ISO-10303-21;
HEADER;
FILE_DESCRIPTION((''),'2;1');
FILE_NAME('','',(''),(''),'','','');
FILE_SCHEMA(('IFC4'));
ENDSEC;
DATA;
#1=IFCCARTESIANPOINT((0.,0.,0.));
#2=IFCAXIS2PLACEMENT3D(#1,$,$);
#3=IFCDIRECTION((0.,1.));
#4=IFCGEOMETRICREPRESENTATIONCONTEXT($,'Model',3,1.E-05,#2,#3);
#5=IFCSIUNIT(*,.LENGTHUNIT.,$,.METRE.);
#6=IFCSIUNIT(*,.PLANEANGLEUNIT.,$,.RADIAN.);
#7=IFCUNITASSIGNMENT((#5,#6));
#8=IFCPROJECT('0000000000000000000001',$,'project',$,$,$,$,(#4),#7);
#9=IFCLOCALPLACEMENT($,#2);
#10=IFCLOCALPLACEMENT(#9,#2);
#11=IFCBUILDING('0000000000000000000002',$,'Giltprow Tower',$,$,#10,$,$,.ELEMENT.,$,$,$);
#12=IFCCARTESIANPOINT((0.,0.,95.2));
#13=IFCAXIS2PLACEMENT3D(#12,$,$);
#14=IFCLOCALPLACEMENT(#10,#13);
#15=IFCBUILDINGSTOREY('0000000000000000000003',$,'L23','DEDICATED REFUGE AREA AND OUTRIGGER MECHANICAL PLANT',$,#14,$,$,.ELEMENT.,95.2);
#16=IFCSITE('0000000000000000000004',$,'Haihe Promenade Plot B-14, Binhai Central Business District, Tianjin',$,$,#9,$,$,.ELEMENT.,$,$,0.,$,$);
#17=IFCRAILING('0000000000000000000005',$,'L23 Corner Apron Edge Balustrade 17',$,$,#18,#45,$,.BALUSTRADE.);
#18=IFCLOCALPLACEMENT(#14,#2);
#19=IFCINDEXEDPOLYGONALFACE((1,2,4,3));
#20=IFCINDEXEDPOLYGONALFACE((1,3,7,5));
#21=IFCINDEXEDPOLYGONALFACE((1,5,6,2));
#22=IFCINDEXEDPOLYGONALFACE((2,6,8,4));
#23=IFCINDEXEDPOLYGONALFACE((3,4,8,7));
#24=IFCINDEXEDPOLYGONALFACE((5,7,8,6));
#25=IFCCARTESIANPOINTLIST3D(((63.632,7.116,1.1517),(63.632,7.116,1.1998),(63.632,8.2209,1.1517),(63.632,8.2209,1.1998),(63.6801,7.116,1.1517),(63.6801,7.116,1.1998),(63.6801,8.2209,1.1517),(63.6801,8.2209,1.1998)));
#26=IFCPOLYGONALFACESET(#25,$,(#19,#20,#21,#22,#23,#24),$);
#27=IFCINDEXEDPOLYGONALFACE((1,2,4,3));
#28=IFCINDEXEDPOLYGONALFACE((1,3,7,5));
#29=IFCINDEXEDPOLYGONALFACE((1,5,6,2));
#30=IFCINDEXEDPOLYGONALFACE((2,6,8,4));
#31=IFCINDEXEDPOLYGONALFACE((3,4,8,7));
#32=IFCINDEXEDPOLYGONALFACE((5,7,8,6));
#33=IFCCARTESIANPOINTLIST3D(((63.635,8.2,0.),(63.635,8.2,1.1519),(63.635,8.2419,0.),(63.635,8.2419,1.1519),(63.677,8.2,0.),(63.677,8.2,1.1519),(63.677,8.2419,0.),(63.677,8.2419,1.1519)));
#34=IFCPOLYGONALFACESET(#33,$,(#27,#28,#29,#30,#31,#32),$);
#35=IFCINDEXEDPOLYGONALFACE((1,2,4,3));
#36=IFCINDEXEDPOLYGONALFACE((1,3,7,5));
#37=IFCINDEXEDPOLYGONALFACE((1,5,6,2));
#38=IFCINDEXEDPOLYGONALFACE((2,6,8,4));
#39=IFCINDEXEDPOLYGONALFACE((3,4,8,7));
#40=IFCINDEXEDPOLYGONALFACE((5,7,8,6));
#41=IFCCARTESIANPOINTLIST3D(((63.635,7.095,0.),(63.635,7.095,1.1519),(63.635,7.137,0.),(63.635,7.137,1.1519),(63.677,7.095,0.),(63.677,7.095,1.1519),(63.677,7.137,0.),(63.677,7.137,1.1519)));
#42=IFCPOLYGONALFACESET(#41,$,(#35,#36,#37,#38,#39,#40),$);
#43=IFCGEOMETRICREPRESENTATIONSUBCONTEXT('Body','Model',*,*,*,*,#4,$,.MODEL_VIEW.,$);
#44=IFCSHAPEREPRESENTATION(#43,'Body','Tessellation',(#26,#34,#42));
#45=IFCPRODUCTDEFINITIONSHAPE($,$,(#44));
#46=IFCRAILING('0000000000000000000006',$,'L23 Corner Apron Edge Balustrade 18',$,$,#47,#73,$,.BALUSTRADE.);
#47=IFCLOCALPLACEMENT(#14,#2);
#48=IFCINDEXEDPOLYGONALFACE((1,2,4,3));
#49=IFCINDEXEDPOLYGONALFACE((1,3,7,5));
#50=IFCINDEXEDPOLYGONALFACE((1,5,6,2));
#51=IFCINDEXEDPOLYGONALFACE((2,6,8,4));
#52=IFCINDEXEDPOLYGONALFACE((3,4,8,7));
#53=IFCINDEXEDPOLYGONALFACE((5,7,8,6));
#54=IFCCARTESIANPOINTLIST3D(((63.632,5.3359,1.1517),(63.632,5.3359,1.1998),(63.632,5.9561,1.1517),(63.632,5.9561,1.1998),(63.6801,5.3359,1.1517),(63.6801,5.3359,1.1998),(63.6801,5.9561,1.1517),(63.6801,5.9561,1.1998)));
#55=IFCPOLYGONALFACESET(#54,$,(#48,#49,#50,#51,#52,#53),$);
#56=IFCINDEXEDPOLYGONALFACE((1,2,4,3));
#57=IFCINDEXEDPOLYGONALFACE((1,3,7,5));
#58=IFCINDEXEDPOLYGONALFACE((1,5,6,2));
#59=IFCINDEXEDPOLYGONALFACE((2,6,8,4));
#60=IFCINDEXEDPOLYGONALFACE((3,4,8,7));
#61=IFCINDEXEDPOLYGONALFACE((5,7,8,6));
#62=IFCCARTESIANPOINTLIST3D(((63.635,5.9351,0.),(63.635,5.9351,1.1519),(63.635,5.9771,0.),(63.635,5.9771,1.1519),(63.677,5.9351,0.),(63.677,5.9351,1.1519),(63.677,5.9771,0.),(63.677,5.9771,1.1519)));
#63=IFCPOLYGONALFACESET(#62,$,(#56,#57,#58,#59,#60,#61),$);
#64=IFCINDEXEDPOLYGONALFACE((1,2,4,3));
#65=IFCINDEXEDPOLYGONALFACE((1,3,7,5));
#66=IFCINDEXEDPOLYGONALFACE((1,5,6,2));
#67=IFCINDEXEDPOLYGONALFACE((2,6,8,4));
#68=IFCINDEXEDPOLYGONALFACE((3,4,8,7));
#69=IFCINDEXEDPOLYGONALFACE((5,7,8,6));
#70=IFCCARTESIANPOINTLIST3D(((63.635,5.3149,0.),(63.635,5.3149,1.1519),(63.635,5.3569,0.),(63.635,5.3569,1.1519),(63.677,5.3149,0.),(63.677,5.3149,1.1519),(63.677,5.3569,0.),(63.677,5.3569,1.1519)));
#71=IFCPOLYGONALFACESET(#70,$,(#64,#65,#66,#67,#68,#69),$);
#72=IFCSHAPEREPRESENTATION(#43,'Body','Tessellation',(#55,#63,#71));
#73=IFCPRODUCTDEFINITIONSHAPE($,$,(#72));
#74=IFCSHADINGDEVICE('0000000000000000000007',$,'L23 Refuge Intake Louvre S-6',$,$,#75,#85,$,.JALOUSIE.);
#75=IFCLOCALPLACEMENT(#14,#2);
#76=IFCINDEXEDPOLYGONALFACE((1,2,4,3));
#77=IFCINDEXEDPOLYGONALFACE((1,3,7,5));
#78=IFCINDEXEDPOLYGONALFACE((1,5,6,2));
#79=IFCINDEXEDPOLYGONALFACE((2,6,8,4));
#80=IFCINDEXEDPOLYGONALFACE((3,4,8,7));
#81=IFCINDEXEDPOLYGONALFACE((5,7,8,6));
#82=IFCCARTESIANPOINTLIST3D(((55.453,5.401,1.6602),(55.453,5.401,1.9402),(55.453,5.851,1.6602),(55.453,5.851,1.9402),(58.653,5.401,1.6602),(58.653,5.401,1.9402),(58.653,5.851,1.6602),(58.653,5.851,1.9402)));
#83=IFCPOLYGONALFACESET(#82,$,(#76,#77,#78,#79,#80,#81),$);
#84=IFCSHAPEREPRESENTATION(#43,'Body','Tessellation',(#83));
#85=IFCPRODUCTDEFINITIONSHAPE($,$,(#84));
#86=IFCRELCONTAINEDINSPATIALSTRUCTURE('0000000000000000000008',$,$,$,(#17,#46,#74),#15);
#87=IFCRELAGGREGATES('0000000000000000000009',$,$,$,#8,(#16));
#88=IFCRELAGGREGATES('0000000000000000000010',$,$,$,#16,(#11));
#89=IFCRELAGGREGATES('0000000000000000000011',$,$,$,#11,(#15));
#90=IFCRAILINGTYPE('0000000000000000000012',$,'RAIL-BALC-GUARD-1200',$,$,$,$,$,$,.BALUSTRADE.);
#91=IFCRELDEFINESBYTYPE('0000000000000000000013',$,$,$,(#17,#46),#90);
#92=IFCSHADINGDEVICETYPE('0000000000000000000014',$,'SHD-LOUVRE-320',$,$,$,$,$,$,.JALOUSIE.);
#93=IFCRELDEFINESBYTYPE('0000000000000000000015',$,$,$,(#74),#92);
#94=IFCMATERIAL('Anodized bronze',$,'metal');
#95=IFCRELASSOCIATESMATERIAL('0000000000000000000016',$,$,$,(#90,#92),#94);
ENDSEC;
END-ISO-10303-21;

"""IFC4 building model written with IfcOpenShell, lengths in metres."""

from ifc_helpers import new_model, si_unit, direction, frame, origin, origin_2d, place, context, subcontext, project, spatial, rectangle, extrude, source, transform, mapped, material, type_object, element, save


model = new_model("IFC4")

# Units and contexts
model_context = context("Model", 3, precision=1e-05, world=origin(), true_north=direction((0.0, 1.0)))
body_context = subcontext(model_context, "Body", "Model", "MODEL_VIEW")
ifc_project = project(units=[si_unit("LENGTHUNIT", "METRE"), si_unit("PLANEANGLEUNIT", "RADIAN")], contexts=[model_context])

# Site, building, storey
site_placement = place(None, origin())
site = spatial("IfcSite", under=ifc_project, at=site_placement, Name="Haihe Promenade Plot B-14, Binhai Central Business District, Tianjin", CompositionType="ELEMENT", RefElevation=0.0)
building_placement = place(site_placement, origin())
building = spatial("IfcBuilding", under=site, at=building_placement, Name="Giltprow Tower", CompositionType="ELEMENT")
storey_placement = place(building_placement, frame((0.0, 0.0, 95.2)))
storey = spatial("IfcBuildingStorey", under=building, at=storey_placement, Name="L23", Description="DEDICATED REFUGE AREA AND OUTRIGGER MECHANICAL PLANT", CompositionType="ELEMENT", Elevation=95.2)

# Railings
ifc_material_1 = material(Name="Anodized bronze", Category="metal")
railing_type = type_object("IfcRailingType", Name="RAIL-BALC-GUARD-1200", PredefinedType="BALUSTRADE", material=ifc_material_1)
railing_1_placement = place(storey_placement, frame((63.656, 8.2209, 0.0)))
element("IfcRailing", 1, at=railing_1_placement, inside=storey, type_object=railing_type, Name="L23 Corner Apron Edge Balustrade 17", PredefinedType="BALUSTRADE", context=body_context, shape_type="SweptSolid", body=[
    extrude(rectangle(XDim=0.0481, YDim=0.0481, at=origin_2d()), frame((0.0, 0.0, 1.1758), z_axis=(0.0, -1.0, 0.0), x_axis=(1.0, 0.0, 0.0)), (0.0, 0.0, 1.0), 1.105),
    extrude(rectangle(XDim=0.042, YDim=0.042, at=origin_2d()), origin(), (0.0, 0.0, 1.0), 1.1519),
    extrude(rectangle(XDim=0.042, YDim=0.042, at=origin_2d()), frame((0.0, -1.105, 0.0)), (0.0, 0.0, 1.0), 1.1519),
])
railing_2_placement = place(storey_placement, frame((63.656, 5.9561, 0.0)))
element("IfcRailing", 2, at=railing_2_placement, inside=storey, type_object=railing_type, Name="L23 Corner Apron Edge Balustrade 18", PredefinedType="BALUSTRADE", context=body_context, shape_type="SweptSolid", body=[
    extrude(rectangle(XDim=0.0481, YDim=0.0481, at=origin_2d()), frame((0.0, 0.0, 1.1758), z_axis=(0.0, -1.0, 0.0), x_axis=(1.0, 0.0, 0.0)), (0.0, 0.0, 1.0), 0.6201),
    extrude(rectangle(XDim=0.042, YDim=0.042, at=origin_2d()), origin(), (0.0, 0.0, 1.0), 1.1519),
    extrude(rectangle(XDim=0.042, YDim=0.042, at=origin_2d()), frame((0.0, -0.6201, 0.0)), (0.0, 0.0, 1.0), 1.1519),
])

# Shading device
shading_device_type = type_object("IfcShadingDeviceType", Name="SHD-LOUVRE-320", PredefinedType="JALOUSIE", material=ifc_material_1)
shared_shape_1 = source(origin(), body_context, "Body", "SweptSolid", [
    extrude(rectangle(XDim=3.2, YDim=0.45, at=origin_2d()), origin(), (0.0, 0.0, 1.0), 0.28),
])
shading_device_placement = place(storey_placement, frame((57.053, 5.626, 1.6602), z_axis=(0.0, 0.0, 1.0), x_axis=(1.0, 0.0, 0.0)))
element("IfcShadingDevice", 3, at=shading_device_placement, inside=storey, type_object=shading_device_type, Name="L23 Refuge Intake Louvre S-6", PredefinedType="JALOUSIE", context=body_context, shape_type="MappedRepresentation", body=[
    mapped(shared_shape_1, transform((0.0, 0.0, 0.0), x_axis=(1.0, 0.0, 0.0), y_axis=(0.0, 1.0, 0.0), z_axis=(0.0, 0.0, 1.0), scale=1.0)),
])

save(model, "model.ifc")
